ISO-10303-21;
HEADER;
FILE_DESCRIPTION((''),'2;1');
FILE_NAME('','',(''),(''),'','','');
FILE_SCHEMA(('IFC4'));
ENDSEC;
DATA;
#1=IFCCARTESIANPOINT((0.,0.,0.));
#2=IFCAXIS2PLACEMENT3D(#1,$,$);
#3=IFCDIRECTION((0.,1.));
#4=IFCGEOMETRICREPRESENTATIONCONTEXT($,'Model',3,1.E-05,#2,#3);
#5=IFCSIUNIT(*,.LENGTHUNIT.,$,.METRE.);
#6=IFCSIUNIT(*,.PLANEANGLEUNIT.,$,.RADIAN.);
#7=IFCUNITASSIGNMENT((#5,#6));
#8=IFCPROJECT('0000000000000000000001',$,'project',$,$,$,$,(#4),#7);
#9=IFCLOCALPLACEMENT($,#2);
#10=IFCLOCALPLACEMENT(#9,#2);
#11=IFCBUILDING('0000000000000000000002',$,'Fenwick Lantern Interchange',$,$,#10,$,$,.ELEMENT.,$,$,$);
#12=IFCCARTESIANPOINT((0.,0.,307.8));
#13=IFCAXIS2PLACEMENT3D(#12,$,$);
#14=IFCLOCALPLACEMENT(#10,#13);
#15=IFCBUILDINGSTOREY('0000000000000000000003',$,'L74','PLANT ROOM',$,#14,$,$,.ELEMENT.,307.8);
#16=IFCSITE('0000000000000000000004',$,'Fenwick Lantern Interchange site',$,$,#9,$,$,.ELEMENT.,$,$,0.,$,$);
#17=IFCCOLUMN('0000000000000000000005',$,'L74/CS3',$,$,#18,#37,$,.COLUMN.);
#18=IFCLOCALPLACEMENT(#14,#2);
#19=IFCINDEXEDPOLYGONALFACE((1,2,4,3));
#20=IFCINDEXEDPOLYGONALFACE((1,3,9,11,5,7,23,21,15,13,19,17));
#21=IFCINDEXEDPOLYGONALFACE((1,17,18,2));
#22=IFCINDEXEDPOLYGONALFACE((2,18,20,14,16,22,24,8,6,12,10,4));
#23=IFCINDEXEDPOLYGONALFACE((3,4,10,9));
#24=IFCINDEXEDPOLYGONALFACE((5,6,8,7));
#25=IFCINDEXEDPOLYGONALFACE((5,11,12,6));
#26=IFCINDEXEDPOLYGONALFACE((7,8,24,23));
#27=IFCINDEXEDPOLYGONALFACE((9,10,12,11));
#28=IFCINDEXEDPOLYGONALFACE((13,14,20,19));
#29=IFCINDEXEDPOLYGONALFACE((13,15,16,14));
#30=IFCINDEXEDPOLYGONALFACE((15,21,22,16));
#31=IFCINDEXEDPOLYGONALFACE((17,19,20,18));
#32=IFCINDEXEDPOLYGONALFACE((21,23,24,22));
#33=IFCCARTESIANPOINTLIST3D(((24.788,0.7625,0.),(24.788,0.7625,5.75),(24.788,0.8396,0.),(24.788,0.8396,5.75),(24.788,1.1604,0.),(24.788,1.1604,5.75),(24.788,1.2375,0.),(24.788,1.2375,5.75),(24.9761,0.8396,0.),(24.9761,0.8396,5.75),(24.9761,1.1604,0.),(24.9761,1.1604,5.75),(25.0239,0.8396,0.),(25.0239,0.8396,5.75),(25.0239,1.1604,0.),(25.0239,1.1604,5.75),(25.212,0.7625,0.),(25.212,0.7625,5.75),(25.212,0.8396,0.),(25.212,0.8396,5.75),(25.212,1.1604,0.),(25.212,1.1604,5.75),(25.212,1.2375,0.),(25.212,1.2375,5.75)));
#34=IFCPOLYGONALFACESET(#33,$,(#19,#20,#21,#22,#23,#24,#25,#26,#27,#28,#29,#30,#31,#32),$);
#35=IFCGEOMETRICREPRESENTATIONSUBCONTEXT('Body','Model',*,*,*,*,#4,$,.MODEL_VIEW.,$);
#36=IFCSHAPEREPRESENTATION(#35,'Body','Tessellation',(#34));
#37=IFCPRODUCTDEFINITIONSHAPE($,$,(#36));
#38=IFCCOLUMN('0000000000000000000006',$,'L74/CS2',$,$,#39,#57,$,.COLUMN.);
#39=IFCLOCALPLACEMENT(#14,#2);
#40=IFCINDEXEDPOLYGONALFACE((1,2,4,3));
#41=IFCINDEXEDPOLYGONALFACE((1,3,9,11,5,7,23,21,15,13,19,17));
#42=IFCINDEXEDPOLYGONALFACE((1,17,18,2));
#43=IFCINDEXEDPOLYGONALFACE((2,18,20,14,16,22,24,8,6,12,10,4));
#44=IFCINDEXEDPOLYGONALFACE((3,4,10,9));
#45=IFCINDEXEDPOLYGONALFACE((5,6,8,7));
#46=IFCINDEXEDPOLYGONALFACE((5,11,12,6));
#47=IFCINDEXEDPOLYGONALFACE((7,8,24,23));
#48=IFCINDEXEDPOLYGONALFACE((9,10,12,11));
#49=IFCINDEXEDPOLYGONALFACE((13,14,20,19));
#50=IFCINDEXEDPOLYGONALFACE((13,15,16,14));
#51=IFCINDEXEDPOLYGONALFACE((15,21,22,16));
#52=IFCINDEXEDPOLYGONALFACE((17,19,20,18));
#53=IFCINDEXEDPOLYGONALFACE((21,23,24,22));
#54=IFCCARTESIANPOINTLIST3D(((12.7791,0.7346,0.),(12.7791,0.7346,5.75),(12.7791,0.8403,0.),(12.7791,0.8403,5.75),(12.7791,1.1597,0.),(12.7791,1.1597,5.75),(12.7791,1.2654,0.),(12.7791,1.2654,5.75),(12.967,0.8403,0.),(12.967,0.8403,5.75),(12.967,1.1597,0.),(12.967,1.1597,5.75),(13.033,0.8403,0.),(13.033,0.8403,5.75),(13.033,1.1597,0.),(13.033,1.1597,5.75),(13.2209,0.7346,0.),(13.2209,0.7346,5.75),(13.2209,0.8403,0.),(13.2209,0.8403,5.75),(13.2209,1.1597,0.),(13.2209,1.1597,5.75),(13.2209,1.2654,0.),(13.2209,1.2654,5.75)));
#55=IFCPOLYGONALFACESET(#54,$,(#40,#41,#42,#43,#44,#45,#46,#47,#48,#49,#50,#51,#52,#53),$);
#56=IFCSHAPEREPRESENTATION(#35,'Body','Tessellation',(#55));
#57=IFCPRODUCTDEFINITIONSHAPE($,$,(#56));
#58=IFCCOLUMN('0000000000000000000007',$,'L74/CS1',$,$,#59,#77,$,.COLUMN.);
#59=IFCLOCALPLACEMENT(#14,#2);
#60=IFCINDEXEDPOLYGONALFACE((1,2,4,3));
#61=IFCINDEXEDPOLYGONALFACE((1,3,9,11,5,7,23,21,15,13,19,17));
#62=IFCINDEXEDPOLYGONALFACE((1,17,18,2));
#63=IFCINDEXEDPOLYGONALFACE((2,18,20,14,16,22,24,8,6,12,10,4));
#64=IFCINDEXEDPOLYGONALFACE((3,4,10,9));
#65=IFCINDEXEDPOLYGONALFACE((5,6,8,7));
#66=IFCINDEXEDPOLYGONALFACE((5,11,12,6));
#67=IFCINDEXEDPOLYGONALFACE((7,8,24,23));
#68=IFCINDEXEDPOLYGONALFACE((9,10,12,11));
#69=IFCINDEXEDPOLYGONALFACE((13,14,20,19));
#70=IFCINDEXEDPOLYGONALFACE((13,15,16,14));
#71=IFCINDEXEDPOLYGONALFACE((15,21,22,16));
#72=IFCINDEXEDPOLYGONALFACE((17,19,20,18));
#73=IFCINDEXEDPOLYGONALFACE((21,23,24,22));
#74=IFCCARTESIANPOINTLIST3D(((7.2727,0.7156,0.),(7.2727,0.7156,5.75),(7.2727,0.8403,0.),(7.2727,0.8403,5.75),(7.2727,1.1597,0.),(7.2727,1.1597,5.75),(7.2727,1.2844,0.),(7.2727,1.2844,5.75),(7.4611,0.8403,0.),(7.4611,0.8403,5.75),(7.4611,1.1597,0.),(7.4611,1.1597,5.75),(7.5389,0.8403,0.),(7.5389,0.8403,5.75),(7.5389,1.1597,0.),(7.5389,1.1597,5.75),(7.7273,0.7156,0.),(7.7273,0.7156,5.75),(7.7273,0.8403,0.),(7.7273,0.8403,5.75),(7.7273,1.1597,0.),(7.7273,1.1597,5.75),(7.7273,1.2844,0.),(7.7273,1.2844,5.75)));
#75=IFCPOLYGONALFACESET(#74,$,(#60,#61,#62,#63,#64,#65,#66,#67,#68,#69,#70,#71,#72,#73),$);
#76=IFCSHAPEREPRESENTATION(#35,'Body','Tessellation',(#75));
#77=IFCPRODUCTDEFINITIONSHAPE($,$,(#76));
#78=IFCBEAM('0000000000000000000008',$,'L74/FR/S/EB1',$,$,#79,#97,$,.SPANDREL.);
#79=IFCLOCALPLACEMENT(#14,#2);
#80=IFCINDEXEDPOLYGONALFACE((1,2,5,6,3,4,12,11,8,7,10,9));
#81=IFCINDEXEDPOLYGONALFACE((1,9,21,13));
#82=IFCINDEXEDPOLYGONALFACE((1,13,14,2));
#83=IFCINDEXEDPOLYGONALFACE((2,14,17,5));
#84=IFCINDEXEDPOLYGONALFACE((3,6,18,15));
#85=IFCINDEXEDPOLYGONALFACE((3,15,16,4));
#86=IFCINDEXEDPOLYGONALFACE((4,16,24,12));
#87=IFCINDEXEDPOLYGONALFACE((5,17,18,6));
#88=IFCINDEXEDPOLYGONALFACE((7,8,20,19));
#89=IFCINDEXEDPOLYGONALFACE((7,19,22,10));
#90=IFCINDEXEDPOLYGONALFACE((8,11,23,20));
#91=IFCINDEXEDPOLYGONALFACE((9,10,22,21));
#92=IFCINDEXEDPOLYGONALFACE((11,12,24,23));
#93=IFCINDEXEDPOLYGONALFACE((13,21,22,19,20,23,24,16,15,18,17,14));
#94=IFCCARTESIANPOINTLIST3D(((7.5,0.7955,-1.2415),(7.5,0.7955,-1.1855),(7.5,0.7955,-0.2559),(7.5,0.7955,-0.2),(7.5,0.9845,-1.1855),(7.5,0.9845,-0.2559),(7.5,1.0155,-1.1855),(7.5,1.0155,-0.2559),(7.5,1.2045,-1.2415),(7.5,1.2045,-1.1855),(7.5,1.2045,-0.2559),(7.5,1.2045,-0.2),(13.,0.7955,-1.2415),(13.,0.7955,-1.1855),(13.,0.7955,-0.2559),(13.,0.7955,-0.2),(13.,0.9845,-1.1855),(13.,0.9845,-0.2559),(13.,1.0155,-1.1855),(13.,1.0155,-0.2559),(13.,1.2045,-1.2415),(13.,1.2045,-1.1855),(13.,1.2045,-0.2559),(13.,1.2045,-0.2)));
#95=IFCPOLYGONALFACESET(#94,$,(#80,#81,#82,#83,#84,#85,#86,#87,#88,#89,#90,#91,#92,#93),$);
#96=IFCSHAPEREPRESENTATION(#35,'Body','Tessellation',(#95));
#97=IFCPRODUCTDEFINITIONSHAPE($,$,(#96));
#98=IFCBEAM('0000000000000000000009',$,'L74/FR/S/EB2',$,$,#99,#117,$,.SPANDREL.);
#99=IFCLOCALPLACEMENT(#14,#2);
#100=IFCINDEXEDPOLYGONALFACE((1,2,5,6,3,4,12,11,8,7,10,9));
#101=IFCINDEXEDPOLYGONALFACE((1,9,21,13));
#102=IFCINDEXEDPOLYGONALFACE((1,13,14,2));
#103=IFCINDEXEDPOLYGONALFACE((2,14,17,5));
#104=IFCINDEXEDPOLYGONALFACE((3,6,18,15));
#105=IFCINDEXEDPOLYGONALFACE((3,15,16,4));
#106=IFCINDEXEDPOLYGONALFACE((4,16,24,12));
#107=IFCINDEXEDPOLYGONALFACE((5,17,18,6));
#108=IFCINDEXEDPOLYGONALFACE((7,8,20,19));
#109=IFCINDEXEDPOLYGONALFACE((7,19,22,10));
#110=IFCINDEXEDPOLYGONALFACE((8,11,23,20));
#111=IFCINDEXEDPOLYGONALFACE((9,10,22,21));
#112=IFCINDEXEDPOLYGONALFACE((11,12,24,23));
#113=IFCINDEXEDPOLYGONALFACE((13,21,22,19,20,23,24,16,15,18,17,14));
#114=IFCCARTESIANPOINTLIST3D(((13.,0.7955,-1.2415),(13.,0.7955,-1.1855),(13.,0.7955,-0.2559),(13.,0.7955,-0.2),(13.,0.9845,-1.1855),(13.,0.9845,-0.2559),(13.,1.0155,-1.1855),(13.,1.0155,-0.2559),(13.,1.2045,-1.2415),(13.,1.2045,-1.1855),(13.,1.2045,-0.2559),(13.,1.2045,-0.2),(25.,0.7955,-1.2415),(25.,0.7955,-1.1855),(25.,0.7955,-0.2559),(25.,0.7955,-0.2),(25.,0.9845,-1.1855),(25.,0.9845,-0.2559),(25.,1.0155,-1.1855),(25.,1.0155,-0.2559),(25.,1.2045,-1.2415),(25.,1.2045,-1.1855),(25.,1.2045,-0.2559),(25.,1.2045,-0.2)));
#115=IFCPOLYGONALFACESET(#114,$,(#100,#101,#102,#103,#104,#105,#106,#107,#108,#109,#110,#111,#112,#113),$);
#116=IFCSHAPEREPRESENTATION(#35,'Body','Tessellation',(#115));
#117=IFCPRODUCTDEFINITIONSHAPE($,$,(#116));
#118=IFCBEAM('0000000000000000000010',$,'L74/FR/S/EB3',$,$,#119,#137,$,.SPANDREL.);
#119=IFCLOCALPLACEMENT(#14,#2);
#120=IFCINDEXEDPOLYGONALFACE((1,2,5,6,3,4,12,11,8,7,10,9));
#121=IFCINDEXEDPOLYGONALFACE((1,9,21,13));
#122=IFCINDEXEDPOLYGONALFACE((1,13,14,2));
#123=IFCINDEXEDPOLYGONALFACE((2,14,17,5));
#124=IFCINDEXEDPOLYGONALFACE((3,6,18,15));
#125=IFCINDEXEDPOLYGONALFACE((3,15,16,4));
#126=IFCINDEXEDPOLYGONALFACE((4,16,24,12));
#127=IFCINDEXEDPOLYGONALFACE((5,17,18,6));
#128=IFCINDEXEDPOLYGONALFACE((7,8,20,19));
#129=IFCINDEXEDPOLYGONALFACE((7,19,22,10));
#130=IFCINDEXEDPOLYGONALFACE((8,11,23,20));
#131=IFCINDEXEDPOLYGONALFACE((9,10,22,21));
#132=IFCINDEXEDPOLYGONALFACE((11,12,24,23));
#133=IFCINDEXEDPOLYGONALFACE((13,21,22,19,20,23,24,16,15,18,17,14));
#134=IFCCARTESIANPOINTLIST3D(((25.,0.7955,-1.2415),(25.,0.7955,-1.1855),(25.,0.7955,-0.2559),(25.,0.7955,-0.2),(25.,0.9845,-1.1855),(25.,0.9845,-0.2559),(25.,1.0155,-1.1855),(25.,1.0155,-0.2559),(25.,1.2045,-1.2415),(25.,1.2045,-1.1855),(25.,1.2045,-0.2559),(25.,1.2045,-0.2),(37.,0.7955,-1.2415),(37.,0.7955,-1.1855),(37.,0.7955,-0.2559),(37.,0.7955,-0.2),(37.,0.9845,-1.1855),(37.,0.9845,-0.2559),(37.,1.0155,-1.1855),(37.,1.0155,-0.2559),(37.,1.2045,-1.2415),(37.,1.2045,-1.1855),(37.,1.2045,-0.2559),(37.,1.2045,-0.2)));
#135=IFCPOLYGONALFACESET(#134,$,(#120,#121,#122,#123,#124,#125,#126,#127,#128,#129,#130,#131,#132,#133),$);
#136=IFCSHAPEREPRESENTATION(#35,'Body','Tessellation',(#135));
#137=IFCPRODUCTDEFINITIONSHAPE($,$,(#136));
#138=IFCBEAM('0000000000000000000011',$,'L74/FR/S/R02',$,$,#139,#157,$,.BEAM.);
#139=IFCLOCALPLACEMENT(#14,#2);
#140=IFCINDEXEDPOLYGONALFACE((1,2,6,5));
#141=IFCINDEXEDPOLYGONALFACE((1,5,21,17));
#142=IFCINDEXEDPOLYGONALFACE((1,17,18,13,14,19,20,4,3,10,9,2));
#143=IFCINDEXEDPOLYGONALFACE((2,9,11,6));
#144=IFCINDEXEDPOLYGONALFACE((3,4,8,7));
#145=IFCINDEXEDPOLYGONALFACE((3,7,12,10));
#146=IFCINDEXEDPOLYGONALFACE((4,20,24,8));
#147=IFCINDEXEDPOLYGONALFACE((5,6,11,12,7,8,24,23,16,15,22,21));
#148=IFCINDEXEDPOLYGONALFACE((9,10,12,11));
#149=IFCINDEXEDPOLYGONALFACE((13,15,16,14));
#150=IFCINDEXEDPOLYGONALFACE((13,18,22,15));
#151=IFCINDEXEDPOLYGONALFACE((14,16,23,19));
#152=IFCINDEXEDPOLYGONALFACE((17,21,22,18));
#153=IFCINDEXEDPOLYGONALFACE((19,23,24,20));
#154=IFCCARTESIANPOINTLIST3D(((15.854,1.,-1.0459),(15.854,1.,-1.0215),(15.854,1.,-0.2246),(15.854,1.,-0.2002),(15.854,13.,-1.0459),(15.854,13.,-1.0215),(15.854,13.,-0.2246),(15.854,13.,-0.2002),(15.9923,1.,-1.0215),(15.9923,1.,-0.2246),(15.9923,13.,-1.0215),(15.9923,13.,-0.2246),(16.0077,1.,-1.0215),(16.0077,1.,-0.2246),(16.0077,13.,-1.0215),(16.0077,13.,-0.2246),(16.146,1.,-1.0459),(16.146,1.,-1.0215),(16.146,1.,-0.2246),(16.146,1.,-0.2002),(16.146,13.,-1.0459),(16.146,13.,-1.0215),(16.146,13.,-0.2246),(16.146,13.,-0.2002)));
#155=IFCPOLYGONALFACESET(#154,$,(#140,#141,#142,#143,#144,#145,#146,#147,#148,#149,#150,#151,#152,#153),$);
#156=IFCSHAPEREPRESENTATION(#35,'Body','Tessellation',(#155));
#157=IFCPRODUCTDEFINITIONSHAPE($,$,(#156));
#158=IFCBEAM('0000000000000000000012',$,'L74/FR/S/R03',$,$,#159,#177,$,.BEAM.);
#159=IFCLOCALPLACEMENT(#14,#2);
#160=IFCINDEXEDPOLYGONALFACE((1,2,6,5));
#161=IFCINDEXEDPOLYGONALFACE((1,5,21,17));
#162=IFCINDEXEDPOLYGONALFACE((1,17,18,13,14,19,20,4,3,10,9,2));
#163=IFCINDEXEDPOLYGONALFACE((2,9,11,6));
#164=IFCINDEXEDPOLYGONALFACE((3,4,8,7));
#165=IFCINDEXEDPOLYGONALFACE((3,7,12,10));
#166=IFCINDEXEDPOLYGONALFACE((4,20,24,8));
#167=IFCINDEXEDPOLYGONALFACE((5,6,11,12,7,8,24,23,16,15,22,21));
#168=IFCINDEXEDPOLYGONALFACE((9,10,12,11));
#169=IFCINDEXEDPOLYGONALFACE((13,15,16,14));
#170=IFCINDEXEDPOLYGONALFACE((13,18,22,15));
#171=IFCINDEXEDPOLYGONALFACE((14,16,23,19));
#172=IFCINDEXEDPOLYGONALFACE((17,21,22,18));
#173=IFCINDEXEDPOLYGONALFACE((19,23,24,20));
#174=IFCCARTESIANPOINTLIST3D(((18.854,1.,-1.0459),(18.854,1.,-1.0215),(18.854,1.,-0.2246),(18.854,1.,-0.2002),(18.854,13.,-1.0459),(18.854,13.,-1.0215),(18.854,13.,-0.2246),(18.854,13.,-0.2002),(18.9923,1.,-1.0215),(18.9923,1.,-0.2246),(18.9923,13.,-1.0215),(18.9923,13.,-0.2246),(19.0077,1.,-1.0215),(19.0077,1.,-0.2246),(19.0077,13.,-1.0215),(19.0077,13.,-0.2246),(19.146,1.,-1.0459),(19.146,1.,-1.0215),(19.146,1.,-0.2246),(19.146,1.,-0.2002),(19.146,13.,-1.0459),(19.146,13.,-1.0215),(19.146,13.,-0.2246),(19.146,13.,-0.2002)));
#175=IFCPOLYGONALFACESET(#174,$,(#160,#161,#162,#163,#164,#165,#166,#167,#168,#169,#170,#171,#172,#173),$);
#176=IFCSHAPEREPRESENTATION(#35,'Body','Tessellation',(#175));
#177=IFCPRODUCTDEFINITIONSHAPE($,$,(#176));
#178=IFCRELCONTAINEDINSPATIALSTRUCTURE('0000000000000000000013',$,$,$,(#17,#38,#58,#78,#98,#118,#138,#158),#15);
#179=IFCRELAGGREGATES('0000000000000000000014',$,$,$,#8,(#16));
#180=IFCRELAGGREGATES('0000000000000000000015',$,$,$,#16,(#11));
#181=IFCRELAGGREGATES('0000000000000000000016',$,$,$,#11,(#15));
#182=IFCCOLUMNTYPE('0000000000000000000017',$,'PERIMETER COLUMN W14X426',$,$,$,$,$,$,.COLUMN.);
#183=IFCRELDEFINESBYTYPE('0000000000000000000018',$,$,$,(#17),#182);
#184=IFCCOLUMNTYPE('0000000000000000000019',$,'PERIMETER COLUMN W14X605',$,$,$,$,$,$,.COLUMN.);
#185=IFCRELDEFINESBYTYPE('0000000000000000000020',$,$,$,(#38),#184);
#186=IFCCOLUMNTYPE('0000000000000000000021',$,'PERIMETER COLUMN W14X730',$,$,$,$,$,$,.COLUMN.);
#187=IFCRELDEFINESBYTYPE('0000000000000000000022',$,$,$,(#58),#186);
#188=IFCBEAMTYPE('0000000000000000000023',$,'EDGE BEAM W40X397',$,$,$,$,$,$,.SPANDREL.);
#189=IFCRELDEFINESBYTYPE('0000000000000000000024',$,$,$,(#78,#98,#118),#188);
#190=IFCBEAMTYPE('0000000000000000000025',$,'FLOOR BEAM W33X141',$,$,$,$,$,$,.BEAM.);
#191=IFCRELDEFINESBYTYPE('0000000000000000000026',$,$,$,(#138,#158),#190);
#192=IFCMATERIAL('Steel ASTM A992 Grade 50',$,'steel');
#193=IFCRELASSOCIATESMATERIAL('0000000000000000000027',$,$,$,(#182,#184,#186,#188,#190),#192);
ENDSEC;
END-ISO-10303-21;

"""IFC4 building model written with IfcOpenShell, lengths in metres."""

from ifc_helpers import new_model, si_unit, direction, frame, origin, origin_2d, place, context, subcontext, project, spatial, i_section, extrude, material, material_profile, profile_set, type_object, element, save


model = new_model("IFC4")

# Units and contexts
model_context = context("Model", 3, precision=1e-05, world=origin(), true_north=direction((0.0, 1.0)))
body_context = subcontext(model_context, "Body", "Model", "MODEL_VIEW")
ifc_project = project(units=[si_unit("LENGTHUNIT", "METRE"), si_unit("PLANEANGLEUNIT", "RADIAN")], contexts=[model_context])

# Site, building, storey
site_placement = place(None, origin())
site = spatial("IfcSite", under=ifc_project, at=site_placement, Name="Fenwick Lantern Interchange site", CompositionType="ELEMENT", RefElevation=0.0)
building_placement = place(site_placement, origin())
building = spatial("IfcBuilding", under=site, at=building_placement, Name="Fenwick Lantern Interchange", CompositionType="ELEMENT")
storey_placement = place(building_placement, frame((0.0, 0.0, 307.8)))
storey = spatial("IfcBuildingStorey", under=building, at=storey_placement, Name="L74", Description="PLANT ROOM", CompositionType="ELEMENT", Elevation=307.8)

# Columns
ifc_material_1 = material(Name="Steel ASTM A992 Grade 50", Category="steel")
ifc_material_profile_1 = material_profile(ifc_material_1, i_section(OverallWidth=0.4241, OverallDepth=0.4751, WebThickness=0.0479, FlangeThickness=0.0771, at=origin_2d()), Name="W14X426")
ifc_profile_set_1 = profile_set([ifc_material_profile_1], Name="Steel ASTM A992 Grade 50")
column_type_1 = type_object("IfcColumnType", Name="PERIMETER COLUMN W14X426", PredefinedType="COLUMN", material=ifc_profile_set_1)
column_1_placement = place(storey_placement, frame((25.0, 1.0, 0.0), z_axis=(0.0, 0.0, 1.0), x_axis=(1.0, 0.0, 0.0)))
element("IfcColumn", 1, at=column_1_placement, inside=storey, type_object=column_type_1, Name="L74/CS3", PredefinedType="COLUMN", context=body_context, shape_type="SweptSolid", body=[
    extrude(i_section(OverallWidth=0.4241, OverallDepth=0.4751, WebThickness=0.0479, FlangeThickness=0.0771, at=origin_2d()), origin(), (0.0, 0.0, 1.0), 5.75),
])
ifc_material_profile_2 = material_profile(ifc_material_1, i_section(OverallWidth=0.4419, OverallDepth=0.5308, WebThickness=0.0659, FlangeThickness=0.1057, at=origin_2d()), Name="W14X605")
ifc_profile_set_2 = profile_set([ifc_material_profile_2], Name="Steel ASTM A992 Grade 50")
column_type_2 = type_object("IfcColumnType", Name="PERIMETER COLUMN W14X605", PredefinedType="COLUMN", material=ifc_profile_set_2)
column_2_placement = place(storey_placement, frame((13.0, 1.0, 0.0), z_axis=(0.0, 0.0, 1.0), x_axis=(1.0, 0.0, 0.0)))
element("IfcColumn", 2, at=column_2_placement, inside=storey, type_object=column_type_2, Name="L74/CS2", PredefinedType="COLUMN", context=body_context, shape_type="SweptSolid", body=[
    extrude(i_section(OverallWidth=0.4419, OverallDepth=0.5308, WebThickness=0.0659, FlangeThickness=0.1057, at=origin_2d()), origin(), (0.0, 0.0, 1.0), 5.75),
])
ifc_material_profile_3 = material_profile(ifc_material_1, i_section(OverallWidth=0.4546, OverallDepth=0.5688, WebThickness=0.0779, FlangeThickness=0.1248, at=origin_2d()), Name="W14X730")
ifc_profile_set_3 = profile_set([ifc_material_profile_3], Name="Steel ASTM A992 Grade 50")
column_type_3 = type_object("IfcColumnType", Name="PERIMETER COLUMN W14X730", PredefinedType="COLUMN", material=ifc_profile_set_3)
column_3_placement = place(storey_placement, frame((7.5, 1.0, 0.0), z_axis=(0.0, 0.0, 1.0), x_axis=(1.0, 0.0, 0.0)))
element("IfcColumn", 3, at=column_3_placement, inside=storey, type_object=column_type_3, Name="L74/CS1", PredefinedType="COLUMN", context=body_context, shape_type="SweptSolid", body=[
    extrude(i_section(OverallWidth=0.4546, OverallDepth=0.5688, WebThickness=0.0779, FlangeThickness=0.1248, at=origin_2d()), origin(), (0.0, 0.0, 1.0), 5.75),
])

# Beams
ifc_material_profile_4 = material_profile(ifc_material_1, i_section(OverallWidth=0.4089, OverallDepth=1.0415, WebThickness=0.031, FlangeThickness=0.0559, at=origin_2d()), Name="W40X397")
ifc_profile_set_4 = profile_set([ifc_material_profile_4], Name="Steel ASTM A992 Grade 50")
beam_type_1 = type_object("IfcBeamType", Name="EDGE BEAM W40X397", PredefinedType="SPANDREL", material=ifc_profile_set_4)
beam_1_placement = place(storey_placement, frame((7.5, 1.0, -0.7207), z_axis=(1.0, 0.0, 0.0), x_axis=(0.0, 1.0, 0.0)))
element("IfcBeam", 4, at=beam_1_placement, inside=storey, type_object=beam_type_1, Name="L74/FR/S/EB1", PredefinedType="SPANDREL", context=body_context, shape_type="SweptSolid", body=[
    extrude(i_section(OverallWidth=0.4089, OverallDepth=1.0415, WebThickness=0.031, FlangeThickness=0.0559, at=origin_2d()), origin(), (0.0, 0.0, 1.0), 5.5),
])
for number, where, z_axis, x_axis, name in (
    (5, (13.0, 1.0, -0.7207), (1.0, 0.0, 0.0), (0.0, 1.0, 0.0), "L74/FR/S/EB2"),
    (6, (25.0, 1.0, -0.7207), (1.0, 0.0, 0.0), (0.0, 1.0, 0.0), "L74/FR/S/EB3"),
):
    element("IfcBeam", number, at=place(storey_placement, frame(where, z_axis=z_axis, x_axis=x_axis)), inside=storey, type_object=beam_type_1, Name=name, PredefinedType="SPANDREL", context=body_context, shape_type="SweptSolid", body=[
        extrude(i_section(OverallWidth=0.4089, OverallDepth=1.0415, WebThickness=0.031, FlangeThickness=0.0559, at=origin_2d()), origin(), (0.0, 0.0, 1.0), 12.0),
    ])
ifc_material_profile_5 = material_profile(ifc_material_1, i_section(OverallWidth=0.292, OverallDepth=0.8457, WebThickness=0.0154, FlangeThickness=0.0244, at=origin_2d()), Name="W33X141")
ifc_profile_set_5 = profile_set([ifc_material_profile_5], Name="Steel ASTM A992 Grade 50")
beam_type_2 = type_object("IfcBeamType", Name="FLOOR BEAM W33X141", PredefinedType="BEAM", material=ifc_profile_set_5)
for number, where, z_axis, x_axis, name in (
    (7, (16.0, 1.0, -0.623), (0.0, 1.0, 0.0), (-1.0, 0.0, 0.0), "L74/FR/S/R02"),
    (8, (19.0, 1.0, -0.623), (0.0, 1.0, 0.0), (-1.0, 0.0, 0.0), "L74/FR/S/R03"),
):
    element("IfcBeam", number, at=place(storey_placement, frame(where, z_axis=z_axis, x_axis=x_axis)), inside=storey, type_object=beam_type_2, Name=name, PredefinedType="BEAM", context=body_context, shape_type="SweptSolid", body=[
        extrude(i_section(OverallWidth=0.292, OverallDepth=0.8457, WebThickness=0.0154, FlangeThickness=0.0244, at=origin_2d()), origin(), (0.0, 0.0, 1.0), 12.0),
    ])

save(model, "model.ifc")
